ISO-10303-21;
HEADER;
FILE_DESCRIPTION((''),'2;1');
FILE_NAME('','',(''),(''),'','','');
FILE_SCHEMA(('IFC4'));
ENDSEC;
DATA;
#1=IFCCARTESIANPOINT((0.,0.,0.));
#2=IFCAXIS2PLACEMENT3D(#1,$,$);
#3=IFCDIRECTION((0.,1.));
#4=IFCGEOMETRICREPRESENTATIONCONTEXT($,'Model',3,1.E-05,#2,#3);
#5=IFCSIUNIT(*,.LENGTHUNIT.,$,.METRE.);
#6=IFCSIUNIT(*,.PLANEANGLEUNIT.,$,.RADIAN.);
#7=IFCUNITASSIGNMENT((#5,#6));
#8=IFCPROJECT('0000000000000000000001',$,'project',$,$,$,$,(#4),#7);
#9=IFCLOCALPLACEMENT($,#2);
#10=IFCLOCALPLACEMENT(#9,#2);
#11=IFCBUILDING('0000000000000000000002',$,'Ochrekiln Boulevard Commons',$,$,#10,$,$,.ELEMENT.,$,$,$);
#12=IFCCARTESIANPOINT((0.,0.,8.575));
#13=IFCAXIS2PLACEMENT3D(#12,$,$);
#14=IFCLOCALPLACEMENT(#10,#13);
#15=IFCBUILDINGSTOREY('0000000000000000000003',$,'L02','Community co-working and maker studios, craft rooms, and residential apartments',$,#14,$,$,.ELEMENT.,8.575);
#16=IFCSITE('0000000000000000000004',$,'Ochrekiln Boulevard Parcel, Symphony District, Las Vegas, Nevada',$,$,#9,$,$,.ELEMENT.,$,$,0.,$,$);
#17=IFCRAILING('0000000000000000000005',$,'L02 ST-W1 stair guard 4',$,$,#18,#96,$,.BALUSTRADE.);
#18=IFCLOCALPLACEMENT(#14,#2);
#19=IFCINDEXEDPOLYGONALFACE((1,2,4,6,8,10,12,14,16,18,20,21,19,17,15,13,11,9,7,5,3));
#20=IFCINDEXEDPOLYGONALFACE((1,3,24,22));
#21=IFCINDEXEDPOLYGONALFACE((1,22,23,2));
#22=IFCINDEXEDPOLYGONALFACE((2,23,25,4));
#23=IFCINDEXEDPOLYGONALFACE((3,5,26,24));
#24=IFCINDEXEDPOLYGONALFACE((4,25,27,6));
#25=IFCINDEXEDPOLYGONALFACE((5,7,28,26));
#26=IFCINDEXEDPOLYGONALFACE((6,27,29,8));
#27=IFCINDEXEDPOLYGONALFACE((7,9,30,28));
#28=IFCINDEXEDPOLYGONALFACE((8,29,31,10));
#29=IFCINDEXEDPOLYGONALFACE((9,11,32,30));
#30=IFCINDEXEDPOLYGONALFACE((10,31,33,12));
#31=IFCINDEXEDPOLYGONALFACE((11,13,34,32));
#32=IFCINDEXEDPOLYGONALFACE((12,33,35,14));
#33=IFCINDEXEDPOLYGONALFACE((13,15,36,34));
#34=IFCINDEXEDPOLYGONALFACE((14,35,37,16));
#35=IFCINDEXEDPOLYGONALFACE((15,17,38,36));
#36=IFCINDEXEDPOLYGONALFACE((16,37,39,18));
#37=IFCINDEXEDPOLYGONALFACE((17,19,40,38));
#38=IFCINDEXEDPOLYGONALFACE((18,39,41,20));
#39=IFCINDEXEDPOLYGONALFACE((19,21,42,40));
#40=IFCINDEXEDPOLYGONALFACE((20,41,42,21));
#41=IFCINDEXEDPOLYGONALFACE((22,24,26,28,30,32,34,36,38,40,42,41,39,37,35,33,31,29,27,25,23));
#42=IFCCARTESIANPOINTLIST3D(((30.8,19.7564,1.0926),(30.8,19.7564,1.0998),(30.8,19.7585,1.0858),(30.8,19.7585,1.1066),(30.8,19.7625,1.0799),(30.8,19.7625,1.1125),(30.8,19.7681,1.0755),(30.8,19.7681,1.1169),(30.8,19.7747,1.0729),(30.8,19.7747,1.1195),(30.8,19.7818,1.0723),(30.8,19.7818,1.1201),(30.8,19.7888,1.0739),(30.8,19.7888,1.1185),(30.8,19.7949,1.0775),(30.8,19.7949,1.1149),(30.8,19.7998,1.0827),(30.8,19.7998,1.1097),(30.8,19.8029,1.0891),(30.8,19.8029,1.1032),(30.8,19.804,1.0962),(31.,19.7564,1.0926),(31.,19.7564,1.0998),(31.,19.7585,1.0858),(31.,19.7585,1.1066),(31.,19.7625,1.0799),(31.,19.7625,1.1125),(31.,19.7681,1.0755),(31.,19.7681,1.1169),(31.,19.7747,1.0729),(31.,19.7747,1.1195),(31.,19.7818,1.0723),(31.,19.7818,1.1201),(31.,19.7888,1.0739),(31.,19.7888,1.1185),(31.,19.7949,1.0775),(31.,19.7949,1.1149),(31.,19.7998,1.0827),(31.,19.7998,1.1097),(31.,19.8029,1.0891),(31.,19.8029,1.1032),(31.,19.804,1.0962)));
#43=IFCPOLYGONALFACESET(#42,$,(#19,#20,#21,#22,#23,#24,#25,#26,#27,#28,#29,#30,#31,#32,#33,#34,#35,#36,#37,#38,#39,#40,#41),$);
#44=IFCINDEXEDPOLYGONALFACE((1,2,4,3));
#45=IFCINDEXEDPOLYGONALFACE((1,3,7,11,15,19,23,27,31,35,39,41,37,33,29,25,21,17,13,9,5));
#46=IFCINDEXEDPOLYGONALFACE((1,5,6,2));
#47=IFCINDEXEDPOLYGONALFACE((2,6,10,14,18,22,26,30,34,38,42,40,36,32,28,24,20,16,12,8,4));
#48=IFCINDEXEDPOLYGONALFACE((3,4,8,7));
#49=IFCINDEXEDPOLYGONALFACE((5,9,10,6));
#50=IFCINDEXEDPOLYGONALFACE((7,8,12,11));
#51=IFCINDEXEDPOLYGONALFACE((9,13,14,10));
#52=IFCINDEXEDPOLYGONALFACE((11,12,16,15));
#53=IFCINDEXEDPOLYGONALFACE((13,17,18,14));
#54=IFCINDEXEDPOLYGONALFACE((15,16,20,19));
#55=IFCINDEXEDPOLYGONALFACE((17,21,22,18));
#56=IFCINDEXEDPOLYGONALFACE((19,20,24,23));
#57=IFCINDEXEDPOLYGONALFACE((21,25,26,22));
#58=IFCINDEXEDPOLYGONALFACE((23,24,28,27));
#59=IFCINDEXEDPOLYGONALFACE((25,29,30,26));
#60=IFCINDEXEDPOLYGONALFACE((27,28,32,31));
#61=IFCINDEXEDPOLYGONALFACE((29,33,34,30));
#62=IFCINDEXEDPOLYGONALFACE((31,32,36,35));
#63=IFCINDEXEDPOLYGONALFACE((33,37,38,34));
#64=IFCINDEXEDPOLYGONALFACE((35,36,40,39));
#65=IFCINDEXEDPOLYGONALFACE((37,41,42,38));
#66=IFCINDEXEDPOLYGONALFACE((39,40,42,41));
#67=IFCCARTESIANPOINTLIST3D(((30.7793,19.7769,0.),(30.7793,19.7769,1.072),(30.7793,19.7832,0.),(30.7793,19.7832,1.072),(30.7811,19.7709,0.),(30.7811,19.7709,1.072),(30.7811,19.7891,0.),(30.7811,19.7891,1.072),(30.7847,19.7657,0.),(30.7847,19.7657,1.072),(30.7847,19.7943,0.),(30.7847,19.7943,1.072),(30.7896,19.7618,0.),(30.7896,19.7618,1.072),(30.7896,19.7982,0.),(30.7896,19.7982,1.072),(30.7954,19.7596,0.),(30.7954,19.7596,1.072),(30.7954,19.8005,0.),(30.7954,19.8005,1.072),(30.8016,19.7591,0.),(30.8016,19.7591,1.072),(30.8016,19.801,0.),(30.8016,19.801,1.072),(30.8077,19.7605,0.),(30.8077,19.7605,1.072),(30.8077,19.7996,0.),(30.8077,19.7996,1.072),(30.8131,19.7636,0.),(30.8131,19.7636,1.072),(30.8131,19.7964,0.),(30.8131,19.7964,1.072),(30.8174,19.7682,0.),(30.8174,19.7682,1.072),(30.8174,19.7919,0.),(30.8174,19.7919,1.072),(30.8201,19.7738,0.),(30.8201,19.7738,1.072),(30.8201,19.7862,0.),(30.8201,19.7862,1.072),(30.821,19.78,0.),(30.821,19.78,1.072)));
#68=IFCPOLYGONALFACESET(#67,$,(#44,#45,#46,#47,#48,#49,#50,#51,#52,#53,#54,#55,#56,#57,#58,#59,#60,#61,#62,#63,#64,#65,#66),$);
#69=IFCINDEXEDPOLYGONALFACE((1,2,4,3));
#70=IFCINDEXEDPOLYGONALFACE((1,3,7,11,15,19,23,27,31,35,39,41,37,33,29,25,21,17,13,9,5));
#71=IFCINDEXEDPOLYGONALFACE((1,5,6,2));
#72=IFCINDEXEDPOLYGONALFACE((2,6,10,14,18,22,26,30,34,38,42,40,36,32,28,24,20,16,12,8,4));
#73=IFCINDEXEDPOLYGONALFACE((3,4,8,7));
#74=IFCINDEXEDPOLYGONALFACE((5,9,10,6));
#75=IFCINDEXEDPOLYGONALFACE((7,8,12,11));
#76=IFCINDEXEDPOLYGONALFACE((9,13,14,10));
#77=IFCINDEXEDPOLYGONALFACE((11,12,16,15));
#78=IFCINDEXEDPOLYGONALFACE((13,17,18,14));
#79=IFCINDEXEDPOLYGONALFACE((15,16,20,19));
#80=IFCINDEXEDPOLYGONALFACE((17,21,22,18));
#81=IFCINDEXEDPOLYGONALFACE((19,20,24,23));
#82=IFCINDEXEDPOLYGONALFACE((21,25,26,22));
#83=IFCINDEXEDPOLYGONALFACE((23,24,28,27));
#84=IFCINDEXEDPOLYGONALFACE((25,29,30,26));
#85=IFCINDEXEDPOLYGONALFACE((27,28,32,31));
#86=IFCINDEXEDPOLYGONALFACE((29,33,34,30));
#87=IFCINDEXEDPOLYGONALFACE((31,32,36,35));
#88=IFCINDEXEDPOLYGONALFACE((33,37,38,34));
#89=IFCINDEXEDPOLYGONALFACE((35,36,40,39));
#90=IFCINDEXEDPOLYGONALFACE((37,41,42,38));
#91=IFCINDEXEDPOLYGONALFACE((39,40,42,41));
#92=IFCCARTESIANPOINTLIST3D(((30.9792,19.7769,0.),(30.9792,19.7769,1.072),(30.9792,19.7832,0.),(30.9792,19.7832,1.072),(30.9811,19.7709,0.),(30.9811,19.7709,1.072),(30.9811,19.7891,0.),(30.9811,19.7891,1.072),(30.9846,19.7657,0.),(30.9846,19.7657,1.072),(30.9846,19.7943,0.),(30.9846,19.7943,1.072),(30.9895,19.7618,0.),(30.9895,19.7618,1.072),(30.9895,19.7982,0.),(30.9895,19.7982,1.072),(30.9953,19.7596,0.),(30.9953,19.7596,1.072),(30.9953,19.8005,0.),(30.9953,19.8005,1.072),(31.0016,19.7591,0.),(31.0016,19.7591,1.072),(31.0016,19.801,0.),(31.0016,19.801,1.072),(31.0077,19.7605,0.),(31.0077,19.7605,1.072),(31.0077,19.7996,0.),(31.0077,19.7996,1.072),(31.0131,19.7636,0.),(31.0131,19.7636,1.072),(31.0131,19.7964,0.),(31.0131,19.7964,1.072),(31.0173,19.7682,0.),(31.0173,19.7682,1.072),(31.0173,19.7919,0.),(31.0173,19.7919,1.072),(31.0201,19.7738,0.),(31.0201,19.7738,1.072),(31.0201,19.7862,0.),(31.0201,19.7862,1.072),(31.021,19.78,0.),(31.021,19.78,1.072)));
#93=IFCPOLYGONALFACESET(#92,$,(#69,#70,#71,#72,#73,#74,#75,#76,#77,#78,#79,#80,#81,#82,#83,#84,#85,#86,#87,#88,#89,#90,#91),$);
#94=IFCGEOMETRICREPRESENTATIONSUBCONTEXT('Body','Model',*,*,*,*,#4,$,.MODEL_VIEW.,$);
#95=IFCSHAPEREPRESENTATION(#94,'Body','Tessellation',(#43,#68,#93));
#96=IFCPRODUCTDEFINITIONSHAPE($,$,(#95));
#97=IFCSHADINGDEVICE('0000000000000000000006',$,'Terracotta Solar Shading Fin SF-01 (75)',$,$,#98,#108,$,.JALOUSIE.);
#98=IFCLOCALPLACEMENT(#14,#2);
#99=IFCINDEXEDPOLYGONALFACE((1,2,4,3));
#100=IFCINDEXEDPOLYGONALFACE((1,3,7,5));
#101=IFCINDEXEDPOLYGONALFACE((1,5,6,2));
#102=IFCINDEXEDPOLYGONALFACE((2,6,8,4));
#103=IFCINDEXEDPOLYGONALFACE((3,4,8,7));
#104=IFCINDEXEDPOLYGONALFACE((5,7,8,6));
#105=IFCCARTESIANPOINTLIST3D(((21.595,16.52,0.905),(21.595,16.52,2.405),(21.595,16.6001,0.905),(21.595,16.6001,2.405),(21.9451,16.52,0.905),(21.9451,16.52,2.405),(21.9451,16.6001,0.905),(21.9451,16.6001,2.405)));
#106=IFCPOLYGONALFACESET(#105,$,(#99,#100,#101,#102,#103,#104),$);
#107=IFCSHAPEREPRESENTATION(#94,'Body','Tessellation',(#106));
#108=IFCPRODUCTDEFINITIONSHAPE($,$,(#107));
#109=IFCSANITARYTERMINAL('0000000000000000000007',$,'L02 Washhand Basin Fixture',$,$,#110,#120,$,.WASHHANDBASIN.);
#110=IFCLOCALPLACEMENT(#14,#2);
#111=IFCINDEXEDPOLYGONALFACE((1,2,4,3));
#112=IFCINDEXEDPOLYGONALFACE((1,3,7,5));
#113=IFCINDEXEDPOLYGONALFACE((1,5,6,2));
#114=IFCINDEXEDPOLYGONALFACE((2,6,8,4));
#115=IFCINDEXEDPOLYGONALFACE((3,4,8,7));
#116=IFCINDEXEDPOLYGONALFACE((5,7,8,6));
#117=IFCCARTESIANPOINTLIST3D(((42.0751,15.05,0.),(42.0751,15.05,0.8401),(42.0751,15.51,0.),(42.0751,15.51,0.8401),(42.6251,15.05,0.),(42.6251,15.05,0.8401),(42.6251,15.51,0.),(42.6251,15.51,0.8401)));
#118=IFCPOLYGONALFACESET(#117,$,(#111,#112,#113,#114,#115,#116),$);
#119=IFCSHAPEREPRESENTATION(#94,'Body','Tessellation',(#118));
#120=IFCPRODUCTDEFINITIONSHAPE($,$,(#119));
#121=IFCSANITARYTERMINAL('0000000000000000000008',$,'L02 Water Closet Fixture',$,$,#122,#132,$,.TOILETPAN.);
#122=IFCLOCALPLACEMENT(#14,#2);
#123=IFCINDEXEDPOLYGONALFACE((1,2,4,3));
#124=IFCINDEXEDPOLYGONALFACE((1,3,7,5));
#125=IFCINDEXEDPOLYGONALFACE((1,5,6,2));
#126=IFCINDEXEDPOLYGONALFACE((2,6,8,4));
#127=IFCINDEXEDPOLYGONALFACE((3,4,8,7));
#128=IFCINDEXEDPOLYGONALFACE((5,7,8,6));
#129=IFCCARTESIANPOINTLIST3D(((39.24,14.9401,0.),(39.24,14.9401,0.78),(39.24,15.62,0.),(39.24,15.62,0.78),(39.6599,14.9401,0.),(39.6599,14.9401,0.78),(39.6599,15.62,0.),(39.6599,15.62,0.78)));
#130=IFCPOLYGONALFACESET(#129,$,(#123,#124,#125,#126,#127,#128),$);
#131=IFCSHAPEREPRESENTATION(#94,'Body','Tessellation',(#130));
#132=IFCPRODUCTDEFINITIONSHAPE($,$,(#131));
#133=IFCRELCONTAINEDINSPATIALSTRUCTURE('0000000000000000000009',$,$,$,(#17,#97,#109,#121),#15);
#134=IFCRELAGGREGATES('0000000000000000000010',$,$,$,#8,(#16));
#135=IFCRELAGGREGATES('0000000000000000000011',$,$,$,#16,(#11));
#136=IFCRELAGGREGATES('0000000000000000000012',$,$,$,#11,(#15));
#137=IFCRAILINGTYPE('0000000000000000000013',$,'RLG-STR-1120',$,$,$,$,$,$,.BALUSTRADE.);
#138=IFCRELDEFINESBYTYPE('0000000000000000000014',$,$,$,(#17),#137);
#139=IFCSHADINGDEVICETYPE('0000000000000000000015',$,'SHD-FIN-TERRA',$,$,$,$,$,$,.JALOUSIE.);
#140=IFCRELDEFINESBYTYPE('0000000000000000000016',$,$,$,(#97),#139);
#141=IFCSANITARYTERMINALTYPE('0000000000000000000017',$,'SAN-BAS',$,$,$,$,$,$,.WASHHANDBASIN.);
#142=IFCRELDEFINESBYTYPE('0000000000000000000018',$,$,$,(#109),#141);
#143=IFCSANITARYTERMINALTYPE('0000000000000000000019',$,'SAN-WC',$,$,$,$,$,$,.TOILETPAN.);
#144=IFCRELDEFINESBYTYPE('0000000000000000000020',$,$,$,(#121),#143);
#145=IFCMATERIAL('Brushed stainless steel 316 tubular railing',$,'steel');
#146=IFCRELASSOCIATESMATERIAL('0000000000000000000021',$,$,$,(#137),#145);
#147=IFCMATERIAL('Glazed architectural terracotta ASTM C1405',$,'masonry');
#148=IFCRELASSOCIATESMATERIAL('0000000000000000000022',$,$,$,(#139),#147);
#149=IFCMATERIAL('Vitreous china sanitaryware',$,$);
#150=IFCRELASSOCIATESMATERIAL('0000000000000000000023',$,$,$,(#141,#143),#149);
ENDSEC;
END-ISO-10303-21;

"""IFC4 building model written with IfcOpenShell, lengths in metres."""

from ifc_helpers import new_model, si_unit, direction, frame, origin, origin_2d, place, context, subcontext, project, spatial, rectangle, circle, extrude, material, type_object, element, save


model = new_model("IFC4")

# Units and contexts
model_context = context("Model", 3, precision=1e-05, world=origin(), true_north=direction((0.0, 1.0)))
body_context = subcontext(model_context, "Body", "Model", "MODEL_VIEW")
ifc_project = project(units=[si_unit("LENGTHUNIT", "METRE"), si_unit("PLANEANGLEUNIT", "RADIAN")], contexts=[model_context])

# Site, building, storey
site_placement = place(None, origin())
site = spatial("IfcSite", under=ifc_project, at=site_placement, Name="Ochrekiln Boulevard Parcel, Symphony District, Las Vegas, Nevada", CompositionType="ELEMENT", RefElevation=0.0)
building_placement = place(site_placement, origin())
building = spatial("IfcBuilding", under=site, at=building_placement, Name="Ochrekiln Boulevard Commons", CompositionType="ELEMENT")
storey_placement = place(building_placement, frame((0.0, 0.0, 8.575)))
storey = spatial("IfcBuildingStorey", under=building, at=storey_placement, Name="L02", Description="Community co-working and maker studios, craft rooms, and residential apartments", CompositionType="ELEMENT", Elevation=8.575)

# Railing
ifc_material_1 = material(Name="Brushed stainless steel 316 tubular railing", Category="steel")
railing_type_1 = type_object("IfcRailingType", Name="RLG-STR-1120", PredefinedType="BALUSTRADE", material=ifc_material_1)
railing_1_placement = place(storey_placement, frame((30.8, 19.78, 0.0)))
element("IfcRailing", 1, at=railing_1_placement, inside=storey, type_object=railing_type_1, Name="L02 ST-W1 stair guard 4", PredefinedType="BALUSTRADE", context=body_context, shape_type="SweptSolid", body=[
    extrude(circle(Radius=0.0239, at=origin_2d()), frame((0.0, 0.0, 1.0962), z_axis=(1.0, 0.0, 0.0), x_axis=(0.0, 1.0, 0.0)), (0.0, 0.0, 1.0), 0.2),
    extrude(circle(Radius=0.021, at=origin_2d()), origin(), (0.0, 0.0, 1.0), 1.072),
    extrude(circle(Radius=0.021, at=origin_2d()), frame((0.2, 0.0, 0.0)), (0.0, 0.0, 1.0), 1.072),
])

# Shading device
ifc_material_2 = material(Name="Glazed architectural terracotta ASTM C1405", Category="masonry")
shading_device_type = type_object("IfcShadingDeviceType", Name="SHD-FIN-TERRA", PredefinedType="JALOUSIE", material=ifc_material_2)
shading_device_placement = place(storey_placement, frame((21.77, 16.5601, 0.905), z_axis=(0.0, 0.0, 1.0), x_axis=(1.0, 0.0, 0.0)))
element("IfcShadingDevice", 2, at=shading_device_placement, inside=storey, type_object=shading_device_type, Name="Terracotta Solar Shading Fin SF-01 (75)", PredefinedType="JALOUSIE", context=body_context, shape_type="SweptSolid", body=[
    extrude(rectangle(XDim=0.3501, YDim=0.0801, at=origin_2d()), origin(), (0.0, 0.0, 1.0), 1.5),
])

# Sanitary terminals
ifc_material_3 = material(Name="Vitreous china sanitaryware")
sanitary_terminal_type_1 = type_object("IfcSanitaryTerminalType", Name="SAN-BAS", PredefinedType="WASHHANDBASIN", material=ifc_material_3)
sanitary_terminal_1_placement = place(storey_placement, frame((42.3501, 15.28, 0.0), z_axis=(0.0, 0.0, 1.0), x_axis=(1.0, 0.0, 0.0)))
element("IfcSanitaryTerminal", 3, at=sanitary_terminal_1_placement, inside=storey, type_object=sanitary_terminal_type_1, Name="L02 Washhand Basin Fixture", PredefinedType="WASHHANDBASIN", context=body_context, shape_type="SweptSolid", body=[
    extrude(rectangle(XDim=0.55, YDim=0.46, at=origin_2d()), origin(), (0.0, 0.0, 1.0), 0.8401),
])
sanitary_terminal_type_2 = type_object("IfcSanitaryTerminalType", Name="SAN-WC", PredefinedType="TOILETPAN", material=ifc_material_3)
sanitary_terminal_2_placement = place(storey_placement, frame((39.45, 15.28, 0.0), z_axis=(0.0, 0.0, 1.0), x_axis=(1.0, 0.0, 0.0)))
element("IfcSanitaryTerminal", 4, at=sanitary_terminal_2_placement, inside=storey, type_object=sanitary_terminal_type_2, Name="L02 Water Closet Fixture", PredefinedType="TOILETPAN", context=body_context, shape_type="SweptSolid", body=[
    extrude(rectangle(XDim=0.4199, YDim=0.6799, at=origin_2d()), origin(), (0.0, 0.0, 1.0), 0.78),
])

save(model, "model.ifc")
